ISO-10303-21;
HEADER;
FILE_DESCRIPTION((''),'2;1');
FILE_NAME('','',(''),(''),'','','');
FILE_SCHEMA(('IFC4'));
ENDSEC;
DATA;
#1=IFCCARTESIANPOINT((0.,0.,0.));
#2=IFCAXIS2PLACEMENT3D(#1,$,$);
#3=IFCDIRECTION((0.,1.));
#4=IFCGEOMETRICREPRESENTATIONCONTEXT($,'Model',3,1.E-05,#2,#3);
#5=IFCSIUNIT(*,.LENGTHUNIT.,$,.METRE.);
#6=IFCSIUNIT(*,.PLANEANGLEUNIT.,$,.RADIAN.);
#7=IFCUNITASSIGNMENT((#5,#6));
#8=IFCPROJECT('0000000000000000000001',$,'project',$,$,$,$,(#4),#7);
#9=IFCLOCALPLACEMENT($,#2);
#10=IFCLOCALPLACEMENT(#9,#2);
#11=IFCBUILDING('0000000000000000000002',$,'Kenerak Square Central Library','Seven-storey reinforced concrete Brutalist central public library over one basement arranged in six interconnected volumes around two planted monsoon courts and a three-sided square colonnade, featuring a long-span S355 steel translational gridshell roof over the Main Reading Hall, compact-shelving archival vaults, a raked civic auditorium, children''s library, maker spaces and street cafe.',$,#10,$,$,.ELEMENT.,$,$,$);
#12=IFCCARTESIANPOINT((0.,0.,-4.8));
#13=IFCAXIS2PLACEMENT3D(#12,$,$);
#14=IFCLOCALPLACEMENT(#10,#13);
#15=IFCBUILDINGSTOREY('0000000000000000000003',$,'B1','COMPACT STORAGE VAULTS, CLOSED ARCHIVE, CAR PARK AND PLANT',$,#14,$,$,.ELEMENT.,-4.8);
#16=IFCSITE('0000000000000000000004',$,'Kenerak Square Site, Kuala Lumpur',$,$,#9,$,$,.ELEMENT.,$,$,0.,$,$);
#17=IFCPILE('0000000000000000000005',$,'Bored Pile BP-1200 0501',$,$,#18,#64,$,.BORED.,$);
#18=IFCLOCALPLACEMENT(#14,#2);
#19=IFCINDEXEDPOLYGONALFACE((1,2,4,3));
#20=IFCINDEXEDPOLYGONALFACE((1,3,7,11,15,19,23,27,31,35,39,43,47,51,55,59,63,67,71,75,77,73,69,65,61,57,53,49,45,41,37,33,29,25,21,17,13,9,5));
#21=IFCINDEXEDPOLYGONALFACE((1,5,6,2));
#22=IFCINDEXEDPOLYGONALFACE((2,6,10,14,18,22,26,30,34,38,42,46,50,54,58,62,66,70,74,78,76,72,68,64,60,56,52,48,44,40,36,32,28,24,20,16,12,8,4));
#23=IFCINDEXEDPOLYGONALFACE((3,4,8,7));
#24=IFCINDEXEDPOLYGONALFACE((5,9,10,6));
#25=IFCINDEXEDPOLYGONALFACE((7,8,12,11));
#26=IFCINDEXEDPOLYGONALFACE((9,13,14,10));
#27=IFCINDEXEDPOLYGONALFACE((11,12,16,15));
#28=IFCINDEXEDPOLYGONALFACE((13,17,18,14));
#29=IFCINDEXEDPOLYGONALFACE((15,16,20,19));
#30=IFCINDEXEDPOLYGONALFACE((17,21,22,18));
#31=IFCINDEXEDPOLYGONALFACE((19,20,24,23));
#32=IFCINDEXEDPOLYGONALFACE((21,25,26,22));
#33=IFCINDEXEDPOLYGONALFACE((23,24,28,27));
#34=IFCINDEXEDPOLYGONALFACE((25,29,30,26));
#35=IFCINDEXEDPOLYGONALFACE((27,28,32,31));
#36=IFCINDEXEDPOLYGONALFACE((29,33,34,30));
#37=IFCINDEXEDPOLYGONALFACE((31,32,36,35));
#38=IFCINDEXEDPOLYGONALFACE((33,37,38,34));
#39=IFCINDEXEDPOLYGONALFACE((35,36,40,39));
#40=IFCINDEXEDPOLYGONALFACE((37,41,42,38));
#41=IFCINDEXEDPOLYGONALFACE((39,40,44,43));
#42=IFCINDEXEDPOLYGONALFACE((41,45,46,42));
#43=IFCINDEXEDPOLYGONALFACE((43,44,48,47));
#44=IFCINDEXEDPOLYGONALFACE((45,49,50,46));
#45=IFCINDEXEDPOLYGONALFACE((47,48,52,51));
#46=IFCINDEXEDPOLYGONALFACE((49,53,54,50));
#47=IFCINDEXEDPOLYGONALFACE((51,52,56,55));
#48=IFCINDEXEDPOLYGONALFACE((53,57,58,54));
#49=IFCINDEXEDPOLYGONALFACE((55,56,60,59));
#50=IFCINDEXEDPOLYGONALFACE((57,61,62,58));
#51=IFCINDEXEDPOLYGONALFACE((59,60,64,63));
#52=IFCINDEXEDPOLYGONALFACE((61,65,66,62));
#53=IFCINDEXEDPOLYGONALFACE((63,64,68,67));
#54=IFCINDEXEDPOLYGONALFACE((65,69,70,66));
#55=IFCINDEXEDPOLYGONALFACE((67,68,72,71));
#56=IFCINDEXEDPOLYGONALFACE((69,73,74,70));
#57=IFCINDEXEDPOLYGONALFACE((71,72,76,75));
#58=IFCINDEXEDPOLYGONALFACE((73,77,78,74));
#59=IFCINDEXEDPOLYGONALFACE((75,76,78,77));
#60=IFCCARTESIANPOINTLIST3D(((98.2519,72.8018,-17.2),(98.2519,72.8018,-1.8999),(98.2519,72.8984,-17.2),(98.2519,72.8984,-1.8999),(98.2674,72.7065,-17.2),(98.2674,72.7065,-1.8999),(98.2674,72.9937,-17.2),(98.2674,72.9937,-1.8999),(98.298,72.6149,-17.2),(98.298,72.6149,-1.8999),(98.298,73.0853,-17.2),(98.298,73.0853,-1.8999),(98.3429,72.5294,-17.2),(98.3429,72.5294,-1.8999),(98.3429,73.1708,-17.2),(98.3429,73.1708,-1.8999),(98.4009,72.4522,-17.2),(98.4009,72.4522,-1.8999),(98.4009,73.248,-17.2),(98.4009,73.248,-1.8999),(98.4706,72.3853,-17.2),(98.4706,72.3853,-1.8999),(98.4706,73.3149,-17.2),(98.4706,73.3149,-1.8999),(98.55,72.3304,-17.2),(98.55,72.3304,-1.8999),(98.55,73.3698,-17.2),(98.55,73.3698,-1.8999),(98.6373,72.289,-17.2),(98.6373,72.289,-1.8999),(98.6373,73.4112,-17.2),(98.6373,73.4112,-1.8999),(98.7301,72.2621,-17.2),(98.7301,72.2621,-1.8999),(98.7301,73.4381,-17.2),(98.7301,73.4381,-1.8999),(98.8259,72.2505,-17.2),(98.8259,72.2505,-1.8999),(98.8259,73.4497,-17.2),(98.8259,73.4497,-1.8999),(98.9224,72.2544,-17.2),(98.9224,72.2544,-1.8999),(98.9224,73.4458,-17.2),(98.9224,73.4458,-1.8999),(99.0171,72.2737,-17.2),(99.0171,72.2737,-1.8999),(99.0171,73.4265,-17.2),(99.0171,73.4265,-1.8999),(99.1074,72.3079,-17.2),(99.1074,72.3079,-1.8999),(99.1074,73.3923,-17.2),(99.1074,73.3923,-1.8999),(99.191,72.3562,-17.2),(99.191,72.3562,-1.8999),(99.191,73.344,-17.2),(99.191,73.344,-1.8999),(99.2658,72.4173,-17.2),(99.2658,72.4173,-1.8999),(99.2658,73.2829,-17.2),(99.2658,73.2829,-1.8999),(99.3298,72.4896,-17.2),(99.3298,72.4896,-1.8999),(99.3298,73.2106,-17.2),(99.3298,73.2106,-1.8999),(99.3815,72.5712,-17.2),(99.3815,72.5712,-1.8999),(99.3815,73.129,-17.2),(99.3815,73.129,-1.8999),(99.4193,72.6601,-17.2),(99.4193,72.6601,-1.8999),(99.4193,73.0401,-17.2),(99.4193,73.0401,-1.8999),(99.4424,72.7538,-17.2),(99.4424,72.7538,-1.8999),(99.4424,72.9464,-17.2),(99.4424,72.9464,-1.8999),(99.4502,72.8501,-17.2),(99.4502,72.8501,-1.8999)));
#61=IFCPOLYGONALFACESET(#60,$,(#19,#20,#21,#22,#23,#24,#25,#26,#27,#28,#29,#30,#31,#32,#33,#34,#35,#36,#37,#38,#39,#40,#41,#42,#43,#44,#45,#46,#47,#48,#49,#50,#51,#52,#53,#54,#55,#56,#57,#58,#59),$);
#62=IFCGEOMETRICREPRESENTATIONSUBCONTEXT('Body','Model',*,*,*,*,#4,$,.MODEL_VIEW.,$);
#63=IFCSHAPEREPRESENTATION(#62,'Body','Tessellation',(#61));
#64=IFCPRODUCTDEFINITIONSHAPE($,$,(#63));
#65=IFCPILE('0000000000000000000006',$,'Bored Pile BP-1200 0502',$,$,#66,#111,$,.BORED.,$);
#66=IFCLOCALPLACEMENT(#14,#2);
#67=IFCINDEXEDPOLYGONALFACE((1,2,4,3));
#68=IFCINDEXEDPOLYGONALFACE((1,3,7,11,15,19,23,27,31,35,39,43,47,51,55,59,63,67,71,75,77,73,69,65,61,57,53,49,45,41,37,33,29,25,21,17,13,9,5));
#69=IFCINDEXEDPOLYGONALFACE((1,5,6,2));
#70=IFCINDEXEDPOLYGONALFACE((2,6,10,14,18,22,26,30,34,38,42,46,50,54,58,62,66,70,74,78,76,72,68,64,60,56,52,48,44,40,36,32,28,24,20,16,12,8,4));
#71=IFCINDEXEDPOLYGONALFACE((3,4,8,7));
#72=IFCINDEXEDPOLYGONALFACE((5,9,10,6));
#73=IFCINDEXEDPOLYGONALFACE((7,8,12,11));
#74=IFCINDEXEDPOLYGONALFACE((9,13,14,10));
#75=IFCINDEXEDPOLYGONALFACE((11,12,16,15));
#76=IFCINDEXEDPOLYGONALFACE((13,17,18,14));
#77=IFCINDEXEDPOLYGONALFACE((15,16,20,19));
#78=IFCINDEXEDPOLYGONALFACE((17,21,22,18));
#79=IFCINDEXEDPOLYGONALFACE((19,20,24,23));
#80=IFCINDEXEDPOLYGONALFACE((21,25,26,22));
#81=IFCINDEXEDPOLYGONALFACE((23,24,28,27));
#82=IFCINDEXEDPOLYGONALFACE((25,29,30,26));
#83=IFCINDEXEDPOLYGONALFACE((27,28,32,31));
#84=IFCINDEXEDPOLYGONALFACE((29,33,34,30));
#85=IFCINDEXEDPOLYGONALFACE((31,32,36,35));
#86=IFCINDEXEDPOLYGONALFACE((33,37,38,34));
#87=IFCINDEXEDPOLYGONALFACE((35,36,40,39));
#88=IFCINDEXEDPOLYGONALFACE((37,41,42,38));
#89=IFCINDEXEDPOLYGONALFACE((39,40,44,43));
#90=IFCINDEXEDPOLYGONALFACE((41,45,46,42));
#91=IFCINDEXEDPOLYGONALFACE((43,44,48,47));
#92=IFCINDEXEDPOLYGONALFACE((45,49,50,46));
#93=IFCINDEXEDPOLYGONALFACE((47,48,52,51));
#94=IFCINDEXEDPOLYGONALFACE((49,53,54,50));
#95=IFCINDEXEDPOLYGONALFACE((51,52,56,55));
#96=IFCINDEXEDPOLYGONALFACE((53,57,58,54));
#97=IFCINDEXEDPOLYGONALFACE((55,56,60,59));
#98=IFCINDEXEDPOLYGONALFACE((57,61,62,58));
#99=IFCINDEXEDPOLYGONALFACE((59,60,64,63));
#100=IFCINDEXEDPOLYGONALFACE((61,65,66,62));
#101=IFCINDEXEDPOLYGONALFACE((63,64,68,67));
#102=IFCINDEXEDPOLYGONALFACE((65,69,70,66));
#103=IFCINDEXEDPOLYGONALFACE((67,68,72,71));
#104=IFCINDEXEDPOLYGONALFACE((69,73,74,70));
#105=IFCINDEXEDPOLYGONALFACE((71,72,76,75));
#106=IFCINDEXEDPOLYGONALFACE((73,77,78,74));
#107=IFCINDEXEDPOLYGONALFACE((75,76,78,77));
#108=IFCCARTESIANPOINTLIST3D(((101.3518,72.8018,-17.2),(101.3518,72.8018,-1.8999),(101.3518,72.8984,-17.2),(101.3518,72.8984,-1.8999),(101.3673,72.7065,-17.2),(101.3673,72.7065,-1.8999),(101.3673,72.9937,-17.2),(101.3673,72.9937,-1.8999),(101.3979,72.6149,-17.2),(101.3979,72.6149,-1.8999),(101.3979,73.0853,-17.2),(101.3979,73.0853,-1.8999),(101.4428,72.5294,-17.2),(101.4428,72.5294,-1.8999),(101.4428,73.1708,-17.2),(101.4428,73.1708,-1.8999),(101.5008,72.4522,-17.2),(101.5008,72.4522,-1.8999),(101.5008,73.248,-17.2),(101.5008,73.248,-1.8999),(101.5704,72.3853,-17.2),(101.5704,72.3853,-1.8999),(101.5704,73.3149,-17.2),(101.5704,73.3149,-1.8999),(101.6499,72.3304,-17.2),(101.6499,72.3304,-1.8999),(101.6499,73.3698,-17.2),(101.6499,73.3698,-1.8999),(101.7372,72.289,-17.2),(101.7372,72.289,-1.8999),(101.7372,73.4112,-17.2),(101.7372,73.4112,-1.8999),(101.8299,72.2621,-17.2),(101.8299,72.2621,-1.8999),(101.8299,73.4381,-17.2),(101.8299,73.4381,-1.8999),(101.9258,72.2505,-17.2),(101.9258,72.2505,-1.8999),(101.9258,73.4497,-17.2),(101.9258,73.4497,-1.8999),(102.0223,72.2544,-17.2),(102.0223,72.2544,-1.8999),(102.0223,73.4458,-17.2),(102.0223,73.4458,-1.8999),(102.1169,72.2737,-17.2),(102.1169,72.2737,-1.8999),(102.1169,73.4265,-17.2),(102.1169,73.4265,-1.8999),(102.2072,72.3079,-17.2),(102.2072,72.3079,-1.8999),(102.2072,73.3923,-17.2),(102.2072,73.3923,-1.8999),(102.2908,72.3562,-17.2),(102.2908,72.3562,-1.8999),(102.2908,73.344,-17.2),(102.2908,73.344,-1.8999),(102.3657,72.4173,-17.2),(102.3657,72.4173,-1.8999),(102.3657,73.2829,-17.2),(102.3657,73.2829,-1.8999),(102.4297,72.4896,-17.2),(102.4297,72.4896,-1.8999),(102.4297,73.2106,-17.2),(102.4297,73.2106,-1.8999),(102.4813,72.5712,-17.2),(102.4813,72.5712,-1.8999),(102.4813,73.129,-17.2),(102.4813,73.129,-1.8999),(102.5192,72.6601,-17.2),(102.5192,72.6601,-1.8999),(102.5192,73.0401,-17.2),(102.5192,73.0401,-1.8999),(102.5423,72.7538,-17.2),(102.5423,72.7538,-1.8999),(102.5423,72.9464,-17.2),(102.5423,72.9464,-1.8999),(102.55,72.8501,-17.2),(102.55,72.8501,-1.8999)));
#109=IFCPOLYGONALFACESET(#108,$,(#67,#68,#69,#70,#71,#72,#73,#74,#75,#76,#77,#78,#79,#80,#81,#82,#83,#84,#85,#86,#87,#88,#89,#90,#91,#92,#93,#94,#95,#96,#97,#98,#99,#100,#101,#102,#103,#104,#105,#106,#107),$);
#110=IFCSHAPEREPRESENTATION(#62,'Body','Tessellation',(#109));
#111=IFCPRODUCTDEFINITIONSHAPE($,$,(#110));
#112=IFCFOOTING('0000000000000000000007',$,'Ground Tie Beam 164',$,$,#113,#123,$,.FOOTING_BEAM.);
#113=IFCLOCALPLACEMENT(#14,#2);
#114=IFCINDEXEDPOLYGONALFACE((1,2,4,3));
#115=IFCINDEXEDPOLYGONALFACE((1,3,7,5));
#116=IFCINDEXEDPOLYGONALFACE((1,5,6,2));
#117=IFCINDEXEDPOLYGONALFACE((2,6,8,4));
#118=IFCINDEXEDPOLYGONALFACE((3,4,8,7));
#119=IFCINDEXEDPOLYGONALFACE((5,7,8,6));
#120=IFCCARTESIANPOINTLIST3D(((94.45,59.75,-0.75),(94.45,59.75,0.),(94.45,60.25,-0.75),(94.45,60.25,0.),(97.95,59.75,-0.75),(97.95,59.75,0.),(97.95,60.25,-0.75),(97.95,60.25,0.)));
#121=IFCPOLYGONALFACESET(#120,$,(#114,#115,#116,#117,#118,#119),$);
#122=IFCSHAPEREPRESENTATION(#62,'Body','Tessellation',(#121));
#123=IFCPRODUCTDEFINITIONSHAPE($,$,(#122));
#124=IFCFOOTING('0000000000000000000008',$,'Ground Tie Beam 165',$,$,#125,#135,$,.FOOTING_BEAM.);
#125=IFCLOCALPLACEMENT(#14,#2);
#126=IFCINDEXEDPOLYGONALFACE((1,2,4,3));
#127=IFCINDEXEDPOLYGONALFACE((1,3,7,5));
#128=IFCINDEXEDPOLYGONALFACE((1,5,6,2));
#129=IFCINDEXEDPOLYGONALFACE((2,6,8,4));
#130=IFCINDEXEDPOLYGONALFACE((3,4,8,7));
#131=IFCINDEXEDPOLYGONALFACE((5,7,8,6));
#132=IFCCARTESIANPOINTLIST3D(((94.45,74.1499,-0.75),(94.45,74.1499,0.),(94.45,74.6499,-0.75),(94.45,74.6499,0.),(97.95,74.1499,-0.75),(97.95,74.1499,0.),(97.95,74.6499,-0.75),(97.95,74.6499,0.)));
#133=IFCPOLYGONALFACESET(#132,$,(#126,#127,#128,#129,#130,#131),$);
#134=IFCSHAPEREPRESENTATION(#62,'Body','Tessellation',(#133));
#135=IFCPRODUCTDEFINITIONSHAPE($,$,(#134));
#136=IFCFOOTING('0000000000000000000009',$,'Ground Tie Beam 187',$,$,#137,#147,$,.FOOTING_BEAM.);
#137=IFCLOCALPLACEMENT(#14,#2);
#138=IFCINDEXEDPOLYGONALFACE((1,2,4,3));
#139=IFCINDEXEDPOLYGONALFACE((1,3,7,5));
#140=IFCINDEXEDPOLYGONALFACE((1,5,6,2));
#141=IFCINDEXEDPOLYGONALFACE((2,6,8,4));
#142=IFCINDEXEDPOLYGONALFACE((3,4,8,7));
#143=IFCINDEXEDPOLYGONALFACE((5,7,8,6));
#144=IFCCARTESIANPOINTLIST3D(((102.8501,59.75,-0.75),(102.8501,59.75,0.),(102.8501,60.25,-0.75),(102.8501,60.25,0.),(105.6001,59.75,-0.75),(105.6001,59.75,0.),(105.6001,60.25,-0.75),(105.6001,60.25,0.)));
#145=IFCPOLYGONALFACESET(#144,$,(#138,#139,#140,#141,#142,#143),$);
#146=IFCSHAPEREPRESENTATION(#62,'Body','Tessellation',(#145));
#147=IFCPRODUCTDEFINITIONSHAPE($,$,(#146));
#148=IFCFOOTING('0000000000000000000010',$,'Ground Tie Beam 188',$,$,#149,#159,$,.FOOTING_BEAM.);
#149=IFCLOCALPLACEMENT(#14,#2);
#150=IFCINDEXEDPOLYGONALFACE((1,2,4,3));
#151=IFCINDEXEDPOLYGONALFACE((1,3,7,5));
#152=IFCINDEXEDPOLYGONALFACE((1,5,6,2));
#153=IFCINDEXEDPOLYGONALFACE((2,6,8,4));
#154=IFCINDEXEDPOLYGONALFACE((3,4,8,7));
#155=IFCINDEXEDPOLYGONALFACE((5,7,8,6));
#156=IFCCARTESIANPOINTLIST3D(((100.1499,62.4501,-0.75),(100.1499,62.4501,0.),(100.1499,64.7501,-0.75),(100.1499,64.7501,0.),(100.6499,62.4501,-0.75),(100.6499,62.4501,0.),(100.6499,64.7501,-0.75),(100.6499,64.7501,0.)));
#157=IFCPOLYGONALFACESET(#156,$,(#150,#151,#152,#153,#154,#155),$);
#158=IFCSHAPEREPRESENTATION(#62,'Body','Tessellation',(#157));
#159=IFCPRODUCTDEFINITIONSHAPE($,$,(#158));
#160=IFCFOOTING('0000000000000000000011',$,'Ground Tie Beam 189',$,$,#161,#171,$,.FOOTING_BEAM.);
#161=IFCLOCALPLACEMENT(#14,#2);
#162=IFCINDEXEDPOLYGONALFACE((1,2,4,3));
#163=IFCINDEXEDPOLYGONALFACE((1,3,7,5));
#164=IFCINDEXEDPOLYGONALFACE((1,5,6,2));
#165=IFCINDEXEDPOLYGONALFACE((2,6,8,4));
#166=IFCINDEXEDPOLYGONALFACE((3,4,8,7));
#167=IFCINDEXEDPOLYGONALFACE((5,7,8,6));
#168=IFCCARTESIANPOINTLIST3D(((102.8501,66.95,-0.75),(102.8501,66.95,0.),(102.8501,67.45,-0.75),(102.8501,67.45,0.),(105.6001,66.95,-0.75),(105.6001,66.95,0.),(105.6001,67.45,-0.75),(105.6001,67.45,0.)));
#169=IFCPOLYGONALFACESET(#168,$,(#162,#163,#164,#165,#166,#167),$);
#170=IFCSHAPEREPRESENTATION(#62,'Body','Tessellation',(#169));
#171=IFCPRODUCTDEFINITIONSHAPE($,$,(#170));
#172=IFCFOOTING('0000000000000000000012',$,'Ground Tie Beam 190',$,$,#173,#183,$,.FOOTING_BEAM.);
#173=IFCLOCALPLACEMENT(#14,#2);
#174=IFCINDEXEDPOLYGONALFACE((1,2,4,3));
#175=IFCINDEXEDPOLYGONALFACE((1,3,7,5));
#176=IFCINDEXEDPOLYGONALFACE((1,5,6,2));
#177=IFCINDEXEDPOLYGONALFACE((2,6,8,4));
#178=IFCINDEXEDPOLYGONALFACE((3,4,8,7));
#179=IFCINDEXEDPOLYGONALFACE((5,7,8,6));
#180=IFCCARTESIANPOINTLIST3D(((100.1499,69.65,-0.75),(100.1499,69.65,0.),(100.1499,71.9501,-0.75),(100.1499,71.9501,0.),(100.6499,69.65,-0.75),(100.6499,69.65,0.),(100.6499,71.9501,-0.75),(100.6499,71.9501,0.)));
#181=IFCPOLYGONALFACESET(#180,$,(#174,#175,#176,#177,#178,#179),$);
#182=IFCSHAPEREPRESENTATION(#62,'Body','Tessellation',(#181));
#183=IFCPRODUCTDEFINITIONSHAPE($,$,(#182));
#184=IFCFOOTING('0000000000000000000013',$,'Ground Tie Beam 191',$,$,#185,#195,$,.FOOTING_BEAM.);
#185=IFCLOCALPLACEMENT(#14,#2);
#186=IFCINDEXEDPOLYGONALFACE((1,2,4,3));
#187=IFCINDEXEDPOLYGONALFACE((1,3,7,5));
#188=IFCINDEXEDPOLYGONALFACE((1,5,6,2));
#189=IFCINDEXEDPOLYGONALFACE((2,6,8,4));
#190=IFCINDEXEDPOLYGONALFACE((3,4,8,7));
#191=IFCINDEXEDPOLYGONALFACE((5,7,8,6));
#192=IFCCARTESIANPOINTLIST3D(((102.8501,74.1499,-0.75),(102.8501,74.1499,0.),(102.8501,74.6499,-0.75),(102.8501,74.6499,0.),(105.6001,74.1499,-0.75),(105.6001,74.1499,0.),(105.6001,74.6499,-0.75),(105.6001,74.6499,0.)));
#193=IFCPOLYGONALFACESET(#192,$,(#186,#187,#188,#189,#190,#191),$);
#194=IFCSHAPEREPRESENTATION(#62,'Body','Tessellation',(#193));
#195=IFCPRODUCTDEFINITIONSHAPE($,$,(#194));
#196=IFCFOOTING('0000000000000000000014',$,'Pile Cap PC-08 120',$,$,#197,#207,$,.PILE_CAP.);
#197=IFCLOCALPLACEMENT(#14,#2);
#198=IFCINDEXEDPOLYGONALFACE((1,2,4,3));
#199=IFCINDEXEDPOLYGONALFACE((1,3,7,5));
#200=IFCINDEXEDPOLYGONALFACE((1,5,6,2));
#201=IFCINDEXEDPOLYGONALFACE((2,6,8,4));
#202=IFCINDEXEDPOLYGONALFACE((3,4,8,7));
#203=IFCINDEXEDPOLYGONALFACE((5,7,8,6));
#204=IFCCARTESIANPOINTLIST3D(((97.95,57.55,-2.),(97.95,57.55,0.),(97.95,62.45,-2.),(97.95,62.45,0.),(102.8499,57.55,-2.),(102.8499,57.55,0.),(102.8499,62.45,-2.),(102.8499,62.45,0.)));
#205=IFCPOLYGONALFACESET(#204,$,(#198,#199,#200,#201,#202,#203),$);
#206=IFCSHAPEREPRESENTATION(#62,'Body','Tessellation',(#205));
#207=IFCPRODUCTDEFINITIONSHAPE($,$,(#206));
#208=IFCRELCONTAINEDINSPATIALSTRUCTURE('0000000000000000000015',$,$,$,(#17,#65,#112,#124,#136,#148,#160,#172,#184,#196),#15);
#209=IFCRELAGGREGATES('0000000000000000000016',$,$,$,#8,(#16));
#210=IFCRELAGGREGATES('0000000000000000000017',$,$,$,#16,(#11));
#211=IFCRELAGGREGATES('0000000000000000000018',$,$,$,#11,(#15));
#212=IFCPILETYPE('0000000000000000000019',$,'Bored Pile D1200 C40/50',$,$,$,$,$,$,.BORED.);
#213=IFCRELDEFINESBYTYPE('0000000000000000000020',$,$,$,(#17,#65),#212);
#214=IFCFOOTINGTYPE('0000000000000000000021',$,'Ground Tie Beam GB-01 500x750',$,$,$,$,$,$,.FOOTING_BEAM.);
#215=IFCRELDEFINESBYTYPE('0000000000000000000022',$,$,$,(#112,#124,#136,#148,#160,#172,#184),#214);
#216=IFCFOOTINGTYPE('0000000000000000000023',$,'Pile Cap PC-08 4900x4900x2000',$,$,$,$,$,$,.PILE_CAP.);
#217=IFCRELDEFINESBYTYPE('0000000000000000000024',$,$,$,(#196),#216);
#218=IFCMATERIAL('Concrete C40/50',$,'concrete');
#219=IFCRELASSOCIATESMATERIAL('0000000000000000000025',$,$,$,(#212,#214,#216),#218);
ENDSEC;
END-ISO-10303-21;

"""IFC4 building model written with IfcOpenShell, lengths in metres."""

from ifc_helpers import new_model, si_unit, direction, frame, origin, origin_2d, place, context, subcontext, project, spatial, rectangle, circle, extrude, material, material_profile, profile_set, type_object, element, save


model = new_model("IFC4")

# Units and contexts
model_context = context("Model", 3, precision=1e-05, world=origin(), true_north=direction((0.0, 1.0)))
body_context = subcontext(model_context, "Body", "Model", "MODEL_VIEW")
ifc_project = project(units=[si_unit("LENGTHUNIT", "METRE"), si_unit("PLANEANGLEUNIT", "RADIAN")], contexts=[model_context])

# Site, building, storey
site_placement = place(None, origin())
site = spatial("IfcSite", under=ifc_project, at=site_placement, Name="Kenerak Square Site, Kuala Lumpur", CompositionType="ELEMENT", RefElevation=0.0)
building_placement = place(site_placement, origin())
building = spatial("IfcBuilding", under=site, at=building_placement, Name="Kenerak Square Central Library", Description="Seven-storey reinforced concrete Brutalist central public library over one basement arranged in six interconnected volumes around two planted monsoon courts and a three-sided square colonnade, featuring a long-span S355 steel translational gridshell roof over the Main Reading Hall, compact-shelving archival vaults, a raked civic auditorium, children's library, maker spaces and street cafe.", CompositionType="ELEMENT")
storey_placement = place(building_placement, frame((0.0, 0.0, -4.8)))
storey = spatial("IfcBuildingStorey", under=building, at=storey_placement, Name="B1", Description="COMPACT STORAGE VAULTS, CLOSED ARCHIVE, CAR PARK AND PLANT", CompositionType="ELEMENT", Elevation=-4.8)

# Piles
ifc_material_1 = material(Name="Concrete C40/50", Category="concrete")
ifc_material_profile_1 = material_profile(ifc_material_1, circle(Radius=0.6001, at=origin_2d()), Name="BP D1200")
ifc_profile_set_1 = profile_set([ifc_material_profile_1], Name="Concrete C40/50")
pile_type = type_object("IfcPileType", Name="Bored Pile D1200 C40/50", PredefinedType="BORED", material=ifc_profile_set_1)
for number, where, z_axis, x_axis, name in (
    (1, (98.8501, 72.8501, -1.8999), (0.0, 0.0, -1.0), (1.0, 0.0, 0.0), "Bored Pile BP-1200 0501"),
    (2, (101.95, 72.8501, -1.8999), (0.0, 0.0, -1.0), (1.0, 0.0, 0.0), "Bored Pile BP-1200 0502"),
):
    element("IfcPile", number, at=place(storey_placement, frame(where, z_axis=z_axis, x_axis=x_axis)), inside=storey, type_object=pile_type, Name=name, PredefinedType="BORED", context=body_context, shape_type="SweptSolid", body=[
        extrude(circle(Radius=0.6001, at=origin_2d()), origin(), (0.0, 0.0, 1.0), 15.3),
    ])

# Footings
footing_type_1 = type_object("IfcFootingType", Name="Ground Tie Beam GB-01 500x750", PredefinedType="FOOTING_BEAM", material=ifc_material_1)
for number, where, z_axis, x_axis, name in (
    (3, (96.2, 60.0, -0.75), (0.0, 0.0, 1.0), (1.0, 0.0, 0.0), "Ground Tie Beam 164"),
    (4, (96.2, 74.3999, -0.75), (0.0, 0.0, 1.0), (1.0, 0.0, 0.0), "Ground Tie Beam 165"),
):
    element("IfcFooting", number, at=place(storey_placement, frame(where, z_axis=z_axis, x_axis=x_axis)), inside=storey, type_object=footing_type_1, Name=name, PredefinedType="FOOTING_BEAM", context=body_context, shape_type="SweptSolid", body=[
        extrude(rectangle(XDim=3.5, YDim=0.5, at=origin_2d()), origin(), (0.0, 0.0, 1.0), 0.75),
    ])
footing_1_placement = place(storey_placement, frame((104.2251, 60.0, -0.75), z_axis=(0.0, 0.0, 1.0), x_axis=(1.0, 0.0, 0.0)))
element("IfcFooting", 5, at=footing_1_placement, inside=storey, type_object=footing_type_1, Name="Ground Tie Beam 187", PredefinedType="FOOTING_BEAM", context=body_context, shape_type="SweptSolid", body=[
    extrude(rectangle(XDim=2.75, YDim=0.5, at=origin_2d()), origin(), (0.0, 0.0, 1.0), 0.75),
])
footing_2_placement = place(storey_placement, frame((100.3999, 63.6001, -0.75), z_axis=(0.0, 0.0, 1.0), x_axis=(1.0, 0.0, 0.0)))
element("IfcFooting", 6, at=footing_2_placement, inside=storey, type_object=footing_type_1, Name="Ground Tie Beam 188", PredefinedType="FOOTING_BEAM", context=body_context, shape_type="SweptSolid", body=[
    extrude(rectangle(XDim=0.5, YDim=2.3, at=origin_2d()), origin(), (0.0, 0.0, 1.0), 0.75),
])
footing_3_placement = place(storey_placement, frame((104.2251, 67.2, -0.75), z_axis=(0.0, 0.0, 1.0), x_axis=(1.0, 0.0, 0.0)))
element("IfcFooting", 7, at=footing_3_placement, inside=storey, type_object=footing_type_1, Name="Ground Tie Beam 189", PredefinedType="FOOTING_BEAM", context=body_context, shape_type="SweptSolid", body=[
    extrude(rectangle(XDim=2.75, YDim=0.5, at=origin_2d()), origin(), (0.0, 0.0, 1.0), 0.75),
])
footing_4_placement = place(storey_placement, frame((100.3999, 70.8, -0.75), z_axis=(0.0, 0.0, 1.0), x_axis=(1.0, 0.0, 0.0)))
element("IfcFooting", 8, at=footing_4_placement, inside=storey, type_object=footing_type_1, Name="Ground Tie Beam 190", PredefinedType="FOOTING_BEAM", context=body_context, shape_type="SweptSolid", body=[
    extrude(rectangle(XDim=0.5, YDim=2.3, at=origin_2d()), origin(), (0.0, 0.0, 1.0), 0.75),
])
footing_5_placement = place(storey_placement, frame((104.2251, 74.3999, -0.75), z_axis=(0.0, 0.0, 1.0), x_axis=(1.0, 0.0, 0.0)))
element("IfcFooting", 9, at=footing_5_placement, inside=storey, type_object=footing_type_1, Name="Ground Tie Beam 191", PredefinedType="FOOTING_BEAM", context=body_context, shape_type="SweptSolid", body=[
    extrude(rectangle(XDim=2.75, YDim=0.5, at=origin_2d()), origin(), (0.0, 0.0, 1.0), 0.75),
])
footing_type_2 = type_object("IfcFootingType", Name="Pile Cap PC-08 4900x4900x2000", PredefinedType="PILE_CAP", material=ifc_material_1)
for number, where, z_axis, x_axis, name in (
    (10, (100.3999, 60.0, -2.0), (0.0, 0.0, 1.0), (1.0, 0.0, 0.0), "Pile Cap PC-08 120"),
):
    element("IfcFooting", number, at=place(storey_placement, frame(where, z_axis=z_axis, x_axis=x_axis)), inside=storey, type_object=footing_type_2, Name=name, PredefinedType="PILE_CAP", context=body_context, shape_type="SweptSolid", body=[
        extrude(rectangle(XDim=4.8999, YDim=4.8999, at=origin_2d()), origin(), (0.0, 0.0, 1.0), 2.0),
    ])

save(model, "model.ifc")
